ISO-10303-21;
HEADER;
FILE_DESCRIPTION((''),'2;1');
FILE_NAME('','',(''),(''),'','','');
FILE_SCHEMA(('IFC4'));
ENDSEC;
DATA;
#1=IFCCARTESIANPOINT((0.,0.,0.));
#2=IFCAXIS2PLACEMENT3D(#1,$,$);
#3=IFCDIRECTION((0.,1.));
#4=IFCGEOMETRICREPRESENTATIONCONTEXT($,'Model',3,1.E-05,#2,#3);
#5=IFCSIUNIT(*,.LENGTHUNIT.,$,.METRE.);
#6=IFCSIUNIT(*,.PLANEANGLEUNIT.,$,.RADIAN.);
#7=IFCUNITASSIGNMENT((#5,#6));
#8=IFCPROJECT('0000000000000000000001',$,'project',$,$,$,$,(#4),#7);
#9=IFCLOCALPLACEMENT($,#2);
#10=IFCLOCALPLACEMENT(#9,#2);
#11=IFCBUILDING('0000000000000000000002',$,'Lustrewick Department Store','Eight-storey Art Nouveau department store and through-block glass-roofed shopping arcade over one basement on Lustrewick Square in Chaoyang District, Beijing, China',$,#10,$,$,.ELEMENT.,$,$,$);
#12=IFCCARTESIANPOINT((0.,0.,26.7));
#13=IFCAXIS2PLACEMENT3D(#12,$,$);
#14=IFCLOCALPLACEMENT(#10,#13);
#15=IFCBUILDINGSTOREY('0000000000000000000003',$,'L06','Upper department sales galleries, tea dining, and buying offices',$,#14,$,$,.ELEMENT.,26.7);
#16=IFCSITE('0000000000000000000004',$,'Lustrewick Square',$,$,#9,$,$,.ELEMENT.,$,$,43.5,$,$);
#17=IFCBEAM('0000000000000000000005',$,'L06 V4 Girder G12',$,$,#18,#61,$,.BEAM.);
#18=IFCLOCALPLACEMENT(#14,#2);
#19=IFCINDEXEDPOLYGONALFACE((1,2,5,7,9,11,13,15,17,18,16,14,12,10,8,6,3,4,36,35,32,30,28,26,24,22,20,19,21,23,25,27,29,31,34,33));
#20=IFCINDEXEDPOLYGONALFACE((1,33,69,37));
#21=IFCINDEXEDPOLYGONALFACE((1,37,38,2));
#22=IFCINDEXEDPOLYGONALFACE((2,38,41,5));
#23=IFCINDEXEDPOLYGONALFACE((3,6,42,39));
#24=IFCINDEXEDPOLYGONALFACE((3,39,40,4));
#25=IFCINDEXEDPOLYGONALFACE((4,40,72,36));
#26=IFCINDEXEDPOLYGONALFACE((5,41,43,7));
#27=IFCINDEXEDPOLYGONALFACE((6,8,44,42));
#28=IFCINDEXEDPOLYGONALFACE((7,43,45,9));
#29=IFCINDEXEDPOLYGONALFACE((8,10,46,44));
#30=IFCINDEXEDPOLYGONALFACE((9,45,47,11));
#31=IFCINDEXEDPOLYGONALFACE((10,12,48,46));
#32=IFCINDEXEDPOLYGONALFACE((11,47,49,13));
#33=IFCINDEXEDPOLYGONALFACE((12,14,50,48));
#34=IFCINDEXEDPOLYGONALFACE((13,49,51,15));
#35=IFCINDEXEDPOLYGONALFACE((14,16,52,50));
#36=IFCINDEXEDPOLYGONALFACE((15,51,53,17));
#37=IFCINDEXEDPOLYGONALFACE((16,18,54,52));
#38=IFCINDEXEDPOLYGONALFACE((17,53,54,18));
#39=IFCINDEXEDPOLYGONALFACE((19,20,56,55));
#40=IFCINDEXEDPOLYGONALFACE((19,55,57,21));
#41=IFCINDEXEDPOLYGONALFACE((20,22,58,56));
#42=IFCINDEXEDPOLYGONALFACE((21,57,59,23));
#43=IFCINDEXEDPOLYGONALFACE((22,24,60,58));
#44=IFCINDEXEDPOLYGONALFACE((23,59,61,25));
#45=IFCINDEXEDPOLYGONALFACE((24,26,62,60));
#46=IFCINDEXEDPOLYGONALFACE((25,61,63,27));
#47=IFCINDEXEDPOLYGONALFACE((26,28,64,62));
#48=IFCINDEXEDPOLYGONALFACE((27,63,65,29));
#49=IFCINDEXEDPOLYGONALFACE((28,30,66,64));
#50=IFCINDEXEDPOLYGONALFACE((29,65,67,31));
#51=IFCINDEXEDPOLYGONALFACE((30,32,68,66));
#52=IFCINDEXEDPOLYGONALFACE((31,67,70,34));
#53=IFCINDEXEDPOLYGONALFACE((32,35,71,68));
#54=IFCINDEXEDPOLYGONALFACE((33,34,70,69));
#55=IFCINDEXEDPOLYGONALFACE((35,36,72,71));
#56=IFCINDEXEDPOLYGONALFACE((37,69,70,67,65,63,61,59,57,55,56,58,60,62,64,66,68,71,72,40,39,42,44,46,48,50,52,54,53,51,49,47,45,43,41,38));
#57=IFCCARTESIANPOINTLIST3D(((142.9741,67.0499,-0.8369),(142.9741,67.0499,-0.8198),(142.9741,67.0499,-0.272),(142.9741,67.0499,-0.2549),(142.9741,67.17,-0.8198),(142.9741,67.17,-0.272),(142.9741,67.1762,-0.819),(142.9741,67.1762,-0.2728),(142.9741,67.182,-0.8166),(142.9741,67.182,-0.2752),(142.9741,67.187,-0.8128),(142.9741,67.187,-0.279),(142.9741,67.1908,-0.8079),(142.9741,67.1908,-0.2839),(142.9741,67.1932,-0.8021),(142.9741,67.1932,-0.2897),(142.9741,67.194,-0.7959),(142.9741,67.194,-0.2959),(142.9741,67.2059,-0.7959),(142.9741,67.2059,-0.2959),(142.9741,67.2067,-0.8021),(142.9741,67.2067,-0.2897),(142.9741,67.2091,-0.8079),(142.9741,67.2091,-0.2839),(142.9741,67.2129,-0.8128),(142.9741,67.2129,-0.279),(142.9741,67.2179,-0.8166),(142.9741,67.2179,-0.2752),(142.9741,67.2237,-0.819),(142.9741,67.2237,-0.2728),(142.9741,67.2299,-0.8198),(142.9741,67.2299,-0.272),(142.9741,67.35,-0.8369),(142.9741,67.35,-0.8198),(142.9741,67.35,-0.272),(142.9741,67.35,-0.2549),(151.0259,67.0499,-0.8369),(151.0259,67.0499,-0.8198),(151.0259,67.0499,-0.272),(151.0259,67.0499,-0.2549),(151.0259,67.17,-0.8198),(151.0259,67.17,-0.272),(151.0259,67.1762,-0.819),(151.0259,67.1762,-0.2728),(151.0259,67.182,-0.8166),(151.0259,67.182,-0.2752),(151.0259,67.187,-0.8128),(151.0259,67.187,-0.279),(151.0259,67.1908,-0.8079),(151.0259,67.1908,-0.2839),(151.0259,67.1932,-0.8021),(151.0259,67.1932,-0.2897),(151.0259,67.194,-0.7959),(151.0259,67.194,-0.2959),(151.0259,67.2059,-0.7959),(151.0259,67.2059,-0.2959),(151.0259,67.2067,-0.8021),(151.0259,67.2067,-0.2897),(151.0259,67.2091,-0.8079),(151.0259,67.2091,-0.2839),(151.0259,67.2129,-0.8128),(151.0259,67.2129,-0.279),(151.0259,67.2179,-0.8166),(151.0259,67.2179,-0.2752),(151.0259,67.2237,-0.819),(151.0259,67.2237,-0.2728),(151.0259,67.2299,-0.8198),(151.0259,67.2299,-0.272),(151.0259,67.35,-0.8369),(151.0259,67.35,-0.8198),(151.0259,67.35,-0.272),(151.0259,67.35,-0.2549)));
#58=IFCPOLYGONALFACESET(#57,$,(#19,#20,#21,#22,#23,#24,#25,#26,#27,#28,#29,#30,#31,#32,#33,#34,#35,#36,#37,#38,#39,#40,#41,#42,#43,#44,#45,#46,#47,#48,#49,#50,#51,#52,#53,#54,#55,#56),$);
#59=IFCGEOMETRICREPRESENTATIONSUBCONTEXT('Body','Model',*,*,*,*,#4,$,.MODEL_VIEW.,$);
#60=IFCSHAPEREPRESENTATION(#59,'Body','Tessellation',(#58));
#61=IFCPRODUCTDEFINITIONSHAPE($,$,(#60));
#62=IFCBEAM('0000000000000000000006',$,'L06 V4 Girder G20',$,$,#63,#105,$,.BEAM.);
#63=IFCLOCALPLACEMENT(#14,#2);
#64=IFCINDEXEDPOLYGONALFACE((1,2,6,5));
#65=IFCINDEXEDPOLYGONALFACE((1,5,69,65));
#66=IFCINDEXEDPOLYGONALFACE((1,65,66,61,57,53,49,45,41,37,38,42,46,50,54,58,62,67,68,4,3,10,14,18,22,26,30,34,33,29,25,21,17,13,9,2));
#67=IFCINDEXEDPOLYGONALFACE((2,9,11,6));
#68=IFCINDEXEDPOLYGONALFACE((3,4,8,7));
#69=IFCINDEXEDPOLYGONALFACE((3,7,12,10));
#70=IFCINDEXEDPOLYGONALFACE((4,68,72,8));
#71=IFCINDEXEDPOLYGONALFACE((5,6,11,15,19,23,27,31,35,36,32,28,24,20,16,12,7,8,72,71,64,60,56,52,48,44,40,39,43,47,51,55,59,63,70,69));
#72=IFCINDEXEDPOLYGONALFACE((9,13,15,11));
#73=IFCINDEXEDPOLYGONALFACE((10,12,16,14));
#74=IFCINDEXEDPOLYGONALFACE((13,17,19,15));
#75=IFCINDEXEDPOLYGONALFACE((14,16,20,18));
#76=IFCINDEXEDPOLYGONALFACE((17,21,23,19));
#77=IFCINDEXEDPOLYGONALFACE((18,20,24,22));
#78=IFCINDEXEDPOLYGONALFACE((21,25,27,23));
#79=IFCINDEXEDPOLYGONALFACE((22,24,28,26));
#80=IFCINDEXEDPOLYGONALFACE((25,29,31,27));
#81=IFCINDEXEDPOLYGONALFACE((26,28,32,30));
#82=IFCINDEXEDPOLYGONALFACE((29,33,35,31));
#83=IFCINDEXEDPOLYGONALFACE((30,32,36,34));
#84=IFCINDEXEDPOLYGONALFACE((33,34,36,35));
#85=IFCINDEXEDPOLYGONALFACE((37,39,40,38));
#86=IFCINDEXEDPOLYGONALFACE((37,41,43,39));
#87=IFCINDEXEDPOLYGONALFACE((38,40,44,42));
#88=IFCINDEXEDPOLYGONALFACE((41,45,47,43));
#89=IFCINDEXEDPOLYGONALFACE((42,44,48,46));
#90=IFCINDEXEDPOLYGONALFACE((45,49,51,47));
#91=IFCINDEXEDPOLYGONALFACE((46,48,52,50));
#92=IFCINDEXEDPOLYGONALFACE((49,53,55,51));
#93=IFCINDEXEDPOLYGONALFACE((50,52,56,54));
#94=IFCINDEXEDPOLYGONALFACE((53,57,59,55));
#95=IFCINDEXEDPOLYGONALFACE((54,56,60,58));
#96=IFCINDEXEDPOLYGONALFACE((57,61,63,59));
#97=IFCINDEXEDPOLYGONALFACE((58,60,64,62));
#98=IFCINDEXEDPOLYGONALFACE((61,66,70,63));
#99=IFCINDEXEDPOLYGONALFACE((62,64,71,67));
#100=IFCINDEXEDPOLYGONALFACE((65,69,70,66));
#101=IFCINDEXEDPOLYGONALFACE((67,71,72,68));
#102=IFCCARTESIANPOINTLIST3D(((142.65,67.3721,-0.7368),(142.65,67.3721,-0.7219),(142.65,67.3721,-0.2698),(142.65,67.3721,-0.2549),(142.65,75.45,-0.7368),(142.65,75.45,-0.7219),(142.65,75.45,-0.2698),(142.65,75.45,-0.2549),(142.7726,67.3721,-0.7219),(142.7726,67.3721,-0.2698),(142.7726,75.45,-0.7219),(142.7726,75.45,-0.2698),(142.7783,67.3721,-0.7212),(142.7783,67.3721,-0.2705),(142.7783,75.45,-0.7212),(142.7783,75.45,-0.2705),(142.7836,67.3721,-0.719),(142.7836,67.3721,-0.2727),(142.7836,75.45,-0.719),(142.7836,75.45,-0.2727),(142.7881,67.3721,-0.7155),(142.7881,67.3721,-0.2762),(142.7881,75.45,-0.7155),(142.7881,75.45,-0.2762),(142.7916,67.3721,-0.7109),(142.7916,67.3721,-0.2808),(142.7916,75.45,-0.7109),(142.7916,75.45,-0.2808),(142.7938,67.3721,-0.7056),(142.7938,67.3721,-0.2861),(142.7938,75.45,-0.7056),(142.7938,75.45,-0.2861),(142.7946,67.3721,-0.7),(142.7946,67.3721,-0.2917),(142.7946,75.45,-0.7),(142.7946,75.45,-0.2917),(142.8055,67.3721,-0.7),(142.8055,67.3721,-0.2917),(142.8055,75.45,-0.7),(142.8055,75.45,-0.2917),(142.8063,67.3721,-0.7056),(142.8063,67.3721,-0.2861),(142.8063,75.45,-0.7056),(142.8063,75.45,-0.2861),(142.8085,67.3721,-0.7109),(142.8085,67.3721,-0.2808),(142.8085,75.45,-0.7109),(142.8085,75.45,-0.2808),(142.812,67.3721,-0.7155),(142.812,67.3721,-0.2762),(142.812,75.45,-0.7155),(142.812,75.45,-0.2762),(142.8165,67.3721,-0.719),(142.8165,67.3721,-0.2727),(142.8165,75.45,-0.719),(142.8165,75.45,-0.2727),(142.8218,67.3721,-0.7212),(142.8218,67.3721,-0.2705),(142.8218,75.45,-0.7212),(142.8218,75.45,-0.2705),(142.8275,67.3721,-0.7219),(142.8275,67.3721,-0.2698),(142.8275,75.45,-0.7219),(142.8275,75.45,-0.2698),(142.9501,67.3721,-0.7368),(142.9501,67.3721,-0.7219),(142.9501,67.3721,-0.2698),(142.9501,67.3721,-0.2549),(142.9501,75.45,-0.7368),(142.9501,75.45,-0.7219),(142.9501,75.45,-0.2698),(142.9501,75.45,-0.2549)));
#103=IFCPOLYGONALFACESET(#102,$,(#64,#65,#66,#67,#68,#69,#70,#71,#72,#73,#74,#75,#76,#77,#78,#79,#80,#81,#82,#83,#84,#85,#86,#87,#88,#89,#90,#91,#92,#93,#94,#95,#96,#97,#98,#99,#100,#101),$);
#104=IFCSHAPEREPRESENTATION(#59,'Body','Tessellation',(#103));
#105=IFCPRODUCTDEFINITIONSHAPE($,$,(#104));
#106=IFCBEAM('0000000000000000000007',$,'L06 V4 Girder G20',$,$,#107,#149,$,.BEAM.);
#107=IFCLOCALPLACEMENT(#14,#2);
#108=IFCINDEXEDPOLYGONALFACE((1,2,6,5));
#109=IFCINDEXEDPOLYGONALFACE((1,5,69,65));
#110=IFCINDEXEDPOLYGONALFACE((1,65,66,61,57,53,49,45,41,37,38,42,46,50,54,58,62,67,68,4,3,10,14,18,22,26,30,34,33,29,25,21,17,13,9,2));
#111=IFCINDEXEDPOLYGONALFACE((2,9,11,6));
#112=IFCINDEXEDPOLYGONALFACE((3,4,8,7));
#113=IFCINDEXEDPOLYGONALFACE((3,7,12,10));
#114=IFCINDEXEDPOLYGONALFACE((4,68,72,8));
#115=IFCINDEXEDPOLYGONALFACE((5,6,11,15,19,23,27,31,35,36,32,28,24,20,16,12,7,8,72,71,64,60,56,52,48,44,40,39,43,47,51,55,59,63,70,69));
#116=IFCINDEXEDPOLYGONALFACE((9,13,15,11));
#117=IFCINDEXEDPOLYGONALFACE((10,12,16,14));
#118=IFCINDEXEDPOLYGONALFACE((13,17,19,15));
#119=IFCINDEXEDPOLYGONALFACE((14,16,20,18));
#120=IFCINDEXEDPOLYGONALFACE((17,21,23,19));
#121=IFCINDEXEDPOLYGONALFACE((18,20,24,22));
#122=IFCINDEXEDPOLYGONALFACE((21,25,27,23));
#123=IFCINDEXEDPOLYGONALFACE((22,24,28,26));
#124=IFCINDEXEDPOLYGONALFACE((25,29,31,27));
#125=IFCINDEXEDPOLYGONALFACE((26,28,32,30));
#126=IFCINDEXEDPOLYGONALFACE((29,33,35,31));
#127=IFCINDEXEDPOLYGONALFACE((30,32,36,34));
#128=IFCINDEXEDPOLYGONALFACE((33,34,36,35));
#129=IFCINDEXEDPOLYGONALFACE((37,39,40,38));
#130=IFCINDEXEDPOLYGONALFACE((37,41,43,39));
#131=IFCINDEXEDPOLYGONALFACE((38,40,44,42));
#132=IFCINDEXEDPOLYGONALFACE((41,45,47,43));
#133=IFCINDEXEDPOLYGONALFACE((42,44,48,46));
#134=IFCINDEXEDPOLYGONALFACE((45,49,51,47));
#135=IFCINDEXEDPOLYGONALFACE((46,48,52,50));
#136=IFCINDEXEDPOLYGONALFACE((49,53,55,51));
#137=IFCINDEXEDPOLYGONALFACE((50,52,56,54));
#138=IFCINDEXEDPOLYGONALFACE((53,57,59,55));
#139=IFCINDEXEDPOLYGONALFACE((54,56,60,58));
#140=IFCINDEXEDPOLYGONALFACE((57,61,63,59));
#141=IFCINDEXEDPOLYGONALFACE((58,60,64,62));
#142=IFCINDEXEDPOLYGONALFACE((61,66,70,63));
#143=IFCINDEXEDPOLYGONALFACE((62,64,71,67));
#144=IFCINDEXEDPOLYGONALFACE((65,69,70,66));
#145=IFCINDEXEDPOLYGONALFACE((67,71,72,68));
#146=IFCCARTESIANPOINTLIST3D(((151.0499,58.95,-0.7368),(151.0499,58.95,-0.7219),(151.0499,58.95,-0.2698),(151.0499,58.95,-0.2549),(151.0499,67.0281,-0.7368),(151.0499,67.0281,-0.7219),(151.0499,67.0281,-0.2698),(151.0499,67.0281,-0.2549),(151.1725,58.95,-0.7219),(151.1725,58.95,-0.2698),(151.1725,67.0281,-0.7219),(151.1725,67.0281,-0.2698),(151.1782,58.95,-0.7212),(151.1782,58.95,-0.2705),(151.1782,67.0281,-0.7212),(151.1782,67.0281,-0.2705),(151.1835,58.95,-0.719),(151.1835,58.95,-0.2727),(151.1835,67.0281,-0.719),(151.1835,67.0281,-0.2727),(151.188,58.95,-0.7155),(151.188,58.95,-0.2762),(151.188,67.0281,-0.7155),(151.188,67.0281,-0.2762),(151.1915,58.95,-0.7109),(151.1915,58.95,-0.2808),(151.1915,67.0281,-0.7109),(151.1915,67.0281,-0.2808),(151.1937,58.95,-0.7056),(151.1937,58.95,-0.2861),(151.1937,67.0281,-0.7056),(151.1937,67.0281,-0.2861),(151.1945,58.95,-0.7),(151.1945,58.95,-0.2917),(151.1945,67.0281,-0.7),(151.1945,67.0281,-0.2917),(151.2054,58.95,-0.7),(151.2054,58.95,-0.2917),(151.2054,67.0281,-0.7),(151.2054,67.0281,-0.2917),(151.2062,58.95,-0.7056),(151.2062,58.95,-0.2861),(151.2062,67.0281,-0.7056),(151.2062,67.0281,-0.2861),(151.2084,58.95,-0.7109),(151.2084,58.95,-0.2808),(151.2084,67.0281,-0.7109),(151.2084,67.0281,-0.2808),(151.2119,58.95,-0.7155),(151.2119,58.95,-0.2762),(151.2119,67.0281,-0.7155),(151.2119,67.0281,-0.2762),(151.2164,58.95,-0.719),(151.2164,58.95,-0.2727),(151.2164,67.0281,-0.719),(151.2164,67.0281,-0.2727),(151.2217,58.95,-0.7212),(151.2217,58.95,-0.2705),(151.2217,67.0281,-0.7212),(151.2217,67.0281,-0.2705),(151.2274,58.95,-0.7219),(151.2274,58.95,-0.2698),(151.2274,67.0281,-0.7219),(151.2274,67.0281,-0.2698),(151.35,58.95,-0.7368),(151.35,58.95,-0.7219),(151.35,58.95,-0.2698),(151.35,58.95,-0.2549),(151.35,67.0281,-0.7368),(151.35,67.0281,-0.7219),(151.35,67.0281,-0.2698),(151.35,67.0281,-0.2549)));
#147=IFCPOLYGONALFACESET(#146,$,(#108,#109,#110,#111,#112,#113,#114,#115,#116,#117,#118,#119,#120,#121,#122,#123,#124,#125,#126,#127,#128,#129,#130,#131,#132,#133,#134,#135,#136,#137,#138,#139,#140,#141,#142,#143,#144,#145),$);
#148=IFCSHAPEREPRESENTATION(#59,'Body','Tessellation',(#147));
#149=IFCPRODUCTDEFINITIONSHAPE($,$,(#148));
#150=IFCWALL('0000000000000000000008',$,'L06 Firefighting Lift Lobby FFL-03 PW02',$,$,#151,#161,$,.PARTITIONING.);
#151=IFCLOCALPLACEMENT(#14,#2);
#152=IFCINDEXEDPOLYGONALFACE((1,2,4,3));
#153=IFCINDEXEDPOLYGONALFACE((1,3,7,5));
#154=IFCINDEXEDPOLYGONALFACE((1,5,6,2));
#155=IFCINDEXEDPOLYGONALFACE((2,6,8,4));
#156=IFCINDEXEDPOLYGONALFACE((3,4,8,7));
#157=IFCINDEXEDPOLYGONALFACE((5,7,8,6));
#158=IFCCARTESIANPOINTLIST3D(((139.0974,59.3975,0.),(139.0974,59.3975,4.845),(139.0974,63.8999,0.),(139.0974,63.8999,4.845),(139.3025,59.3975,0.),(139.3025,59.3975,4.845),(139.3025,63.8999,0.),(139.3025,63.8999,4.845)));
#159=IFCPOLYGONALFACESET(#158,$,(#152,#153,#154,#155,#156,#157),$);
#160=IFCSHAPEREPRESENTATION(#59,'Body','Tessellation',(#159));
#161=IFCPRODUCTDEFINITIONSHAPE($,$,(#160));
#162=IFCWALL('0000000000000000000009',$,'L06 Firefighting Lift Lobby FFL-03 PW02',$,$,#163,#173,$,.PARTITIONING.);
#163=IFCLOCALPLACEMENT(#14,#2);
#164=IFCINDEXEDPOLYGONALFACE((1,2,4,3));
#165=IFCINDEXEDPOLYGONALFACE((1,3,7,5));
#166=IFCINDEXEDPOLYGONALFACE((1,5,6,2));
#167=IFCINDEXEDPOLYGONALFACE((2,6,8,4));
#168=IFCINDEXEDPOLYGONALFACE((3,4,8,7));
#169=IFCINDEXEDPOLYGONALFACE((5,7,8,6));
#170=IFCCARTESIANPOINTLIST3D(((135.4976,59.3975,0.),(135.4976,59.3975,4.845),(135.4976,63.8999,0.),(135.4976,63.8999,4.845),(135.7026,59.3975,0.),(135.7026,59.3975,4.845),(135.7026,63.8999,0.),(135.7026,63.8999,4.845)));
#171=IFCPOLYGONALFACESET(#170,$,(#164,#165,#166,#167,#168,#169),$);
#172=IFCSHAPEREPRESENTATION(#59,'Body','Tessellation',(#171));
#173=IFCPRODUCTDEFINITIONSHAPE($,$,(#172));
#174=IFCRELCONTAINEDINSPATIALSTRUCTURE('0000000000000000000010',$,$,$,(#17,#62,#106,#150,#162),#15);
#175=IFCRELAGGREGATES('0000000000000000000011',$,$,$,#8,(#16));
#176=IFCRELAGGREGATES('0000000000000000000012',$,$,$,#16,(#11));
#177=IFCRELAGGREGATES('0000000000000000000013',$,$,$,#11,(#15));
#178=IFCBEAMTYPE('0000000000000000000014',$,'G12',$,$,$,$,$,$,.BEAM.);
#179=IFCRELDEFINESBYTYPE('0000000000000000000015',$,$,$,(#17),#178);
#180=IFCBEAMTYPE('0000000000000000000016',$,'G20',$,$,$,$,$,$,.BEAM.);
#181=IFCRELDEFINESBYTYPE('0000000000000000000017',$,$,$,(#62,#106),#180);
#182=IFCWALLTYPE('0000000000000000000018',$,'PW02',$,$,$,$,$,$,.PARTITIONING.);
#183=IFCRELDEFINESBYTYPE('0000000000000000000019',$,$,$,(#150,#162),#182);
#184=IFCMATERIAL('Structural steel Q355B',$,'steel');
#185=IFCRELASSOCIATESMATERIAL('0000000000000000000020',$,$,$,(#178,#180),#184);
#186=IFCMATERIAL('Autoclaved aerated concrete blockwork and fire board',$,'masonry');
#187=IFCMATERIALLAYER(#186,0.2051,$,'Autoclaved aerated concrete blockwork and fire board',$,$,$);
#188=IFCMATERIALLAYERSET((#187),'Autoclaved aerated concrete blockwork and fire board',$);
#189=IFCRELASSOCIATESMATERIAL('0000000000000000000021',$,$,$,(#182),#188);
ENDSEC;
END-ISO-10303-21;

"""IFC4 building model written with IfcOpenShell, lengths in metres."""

from ifc_helpers import new_model, si_unit, direction, frame, frame_2d, origin, origin_2d, place, context, subcontext, project, spatial, rectangle, i_section, extrude, material, layer, layer_set, material_profile, profile_set, type_object, element, save


model = new_model("IFC4")

# Units and contexts
model_context = context("Model", 3, precision=1e-05, world=origin(), true_north=direction((0.0, 1.0)))
body_context = subcontext(model_context, "Body", "Model", "MODEL_VIEW")
ifc_project = project(units=[si_unit("LENGTHUNIT", "METRE"), si_unit("PLANEANGLEUNIT", "RADIAN")], contexts=[model_context])

# Site, building, storey
site_placement = place(None, origin())
site = spatial("IfcSite", under=ifc_project, at=site_placement, Name="Lustrewick Square", CompositionType="ELEMENT", RefElevation=43.5)
building_placement = place(site_placement, origin())
building = spatial("IfcBuilding", under=site, at=building_placement, Name="Lustrewick Department Store", Description="Eight-storey Art Nouveau department store and through-block glass-roofed shopping arcade over one basement on Lustrewick Square in Chaoyang District, Beijing, China", CompositionType="ELEMENT")
storey_placement = place(building_placement, frame((0.0, 0.0, 26.7)))
storey = spatial("IfcBuildingStorey", under=building, at=storey_placement, Name="L06", Description="Upper department sales galleries, tea dining, and buying offices", CompositionType="ELEMENT", Elevation=26.7)

# Shared definitions
ifc_material_1 = material(Name="Structural steel Q355B", Category="steel")

# Beams
ifc_material_profile_1 = material_profile(ifc_material_1, i_section(OverallWidth=0.3, OverallDepth=0.582, WebThickness=0.012, FlangeThickness=0.0171, FilletRadius=0.0239, at=origin_2d()), Name="HM 582x300x12x17")
ifc_profile_set_1 = profile_set([ifc_material_profile_1], Name="Structural steel Q355B")
beam_type_1 = type_object("IfcBeamType", Name="G12", PredefinedType="BEAM", material=ifc_profile_set_1)
beam_1_placement = place(storey_placement, frame((142.9741, 67.2, -0.5459), z_axis=(1.0, 0.0, 0.0), x_axis=(0.0, 1.0, 0.0)))
element("IfcBeam", 1, at=beam_1_placement, inside=storey, type_object=beam_type_1, Name="L06 V4 Girder G12", PredefinedType="BEAM", context=body_context, shape_type="SweptSolid", body=[
    extrude(i_section(OverallWidth=0.3, OverallDepth=0.582, WebThickness=0.012, FlangeThickness=0.0171, FilletRadius=0.0239, at=origin_2d()), origin(), (0.0, 0.0, 1.0), 8.0518),
])
ifc_material_profile_2 = material_profile(ifc_material_1, i_section(OverallWidth=0.3, OverallDepth=0.4819, WebThickness=0.011, FlangeThickness=0.0149, FilletRadius=0.022, at=origin_2d()), Name="HM 482x300x11x15")
ifc_profile_set_2 = profile_set([ifc_material_profile_2], Name="Structural steel Q355B")
beam_type_2 = type_object("IfcBeamType", Name="G20", PredefinedType="BEAM", material=ifc_profile_set_2)
beam_2_placement = place(storey_placement, frame((142.8, 67.3721, -0.4958), z_axis=(0.0, 1.0, 0.0), x_axis=(-1.0, 0.0, 0.0)))
element("IfcBeam", 2, at=beam_2_placement, inside=storey, type_object=beam_type_2, Name="L06 V4 Girder G20", PredefinedType="BEAM", context=body_context, shape_type="SweptSolid", body=[
    extrude(i_section(OverallWidth=0.3, OverallDepth=0.4819, WebThickness=0.011, FlangeThickness=0.0149, FilletRadius=0.022, at=origin_2d()), origin(), (0.0, 0.0, 1.0), 8.0779),
])
beam_3_placement = place(storey_placement, frame((151.2, 58.95, -0.4958), z_axis=(0.0, 1.0, 0.0), x_axis=(-1.0, 0.0, 0.0)))
element("IfcBeam", 3, at=beam_3_placement, inside=storey, type_object=beam_type_2, Name="L06 V4 Girder G20", PredefinedType="BEAM", context=body_context, shape_type="SweptSolid", body=[
    extrude(i_section(OverallWidth=0.3, OverallDepth=0.4819, WebThickness=0.011, FlangeThickness=0.0149, FilletRadius=0.022, at=origin_2d()), origin(), (0.0, 0.0, 1.0), 8.0781),
])

# Walls
ifc_material_2 = material(Name="Autoclaved aerated concrete blockwork and fire board", Category="masonry")
ifc_layer_1 = layer(ifc_material_2, 0.2051, Name="Autoclaved aerated concrete blockwork and fire board")
ifc_layer_set_1 = layer_set([ifc_layer_1], Name="Autoclaved aerated concrete blockwork and fire board")
wall_type_1 = type_object("IfcWallType", Name="PW02", PredefinedType="PARTITIONING", material=ifc_layer_set_1)
for number, where, z_axis, x_axis, name in (
    (4, (139.2, 59.3975, 0.0), (0.0, 0.0, 1.0), (0.0, 1.0, 0.0), "L06 Firefighting Lift Lobby FFL-03 PW02"),
    (5, (135.6001, 63.8999, 0.0), (0.0, 0.0, 1.0), (0.0, -1.0, 0.0), "L06 Firefighting Lift Lobby FFL-03 PW02"),
):
    element("IfcWall", number, at=place(storey_placement, frame(where, z_axis=z_axis, x_axis=x_axis)), inside=storey, type_object=wall_type_1, Name=name, PredefinedType="PARTITIONING", context=body_context, shape_type="SweptSolid", body=[
        extrude(rectangle(XDim=4.5024, YDim=0.2051, at=frame_2d((2.2512, 0.0))), origin(), (0.0, 0.0, 1.0), 4.845),
    ])

save(model, "model.ifc")
